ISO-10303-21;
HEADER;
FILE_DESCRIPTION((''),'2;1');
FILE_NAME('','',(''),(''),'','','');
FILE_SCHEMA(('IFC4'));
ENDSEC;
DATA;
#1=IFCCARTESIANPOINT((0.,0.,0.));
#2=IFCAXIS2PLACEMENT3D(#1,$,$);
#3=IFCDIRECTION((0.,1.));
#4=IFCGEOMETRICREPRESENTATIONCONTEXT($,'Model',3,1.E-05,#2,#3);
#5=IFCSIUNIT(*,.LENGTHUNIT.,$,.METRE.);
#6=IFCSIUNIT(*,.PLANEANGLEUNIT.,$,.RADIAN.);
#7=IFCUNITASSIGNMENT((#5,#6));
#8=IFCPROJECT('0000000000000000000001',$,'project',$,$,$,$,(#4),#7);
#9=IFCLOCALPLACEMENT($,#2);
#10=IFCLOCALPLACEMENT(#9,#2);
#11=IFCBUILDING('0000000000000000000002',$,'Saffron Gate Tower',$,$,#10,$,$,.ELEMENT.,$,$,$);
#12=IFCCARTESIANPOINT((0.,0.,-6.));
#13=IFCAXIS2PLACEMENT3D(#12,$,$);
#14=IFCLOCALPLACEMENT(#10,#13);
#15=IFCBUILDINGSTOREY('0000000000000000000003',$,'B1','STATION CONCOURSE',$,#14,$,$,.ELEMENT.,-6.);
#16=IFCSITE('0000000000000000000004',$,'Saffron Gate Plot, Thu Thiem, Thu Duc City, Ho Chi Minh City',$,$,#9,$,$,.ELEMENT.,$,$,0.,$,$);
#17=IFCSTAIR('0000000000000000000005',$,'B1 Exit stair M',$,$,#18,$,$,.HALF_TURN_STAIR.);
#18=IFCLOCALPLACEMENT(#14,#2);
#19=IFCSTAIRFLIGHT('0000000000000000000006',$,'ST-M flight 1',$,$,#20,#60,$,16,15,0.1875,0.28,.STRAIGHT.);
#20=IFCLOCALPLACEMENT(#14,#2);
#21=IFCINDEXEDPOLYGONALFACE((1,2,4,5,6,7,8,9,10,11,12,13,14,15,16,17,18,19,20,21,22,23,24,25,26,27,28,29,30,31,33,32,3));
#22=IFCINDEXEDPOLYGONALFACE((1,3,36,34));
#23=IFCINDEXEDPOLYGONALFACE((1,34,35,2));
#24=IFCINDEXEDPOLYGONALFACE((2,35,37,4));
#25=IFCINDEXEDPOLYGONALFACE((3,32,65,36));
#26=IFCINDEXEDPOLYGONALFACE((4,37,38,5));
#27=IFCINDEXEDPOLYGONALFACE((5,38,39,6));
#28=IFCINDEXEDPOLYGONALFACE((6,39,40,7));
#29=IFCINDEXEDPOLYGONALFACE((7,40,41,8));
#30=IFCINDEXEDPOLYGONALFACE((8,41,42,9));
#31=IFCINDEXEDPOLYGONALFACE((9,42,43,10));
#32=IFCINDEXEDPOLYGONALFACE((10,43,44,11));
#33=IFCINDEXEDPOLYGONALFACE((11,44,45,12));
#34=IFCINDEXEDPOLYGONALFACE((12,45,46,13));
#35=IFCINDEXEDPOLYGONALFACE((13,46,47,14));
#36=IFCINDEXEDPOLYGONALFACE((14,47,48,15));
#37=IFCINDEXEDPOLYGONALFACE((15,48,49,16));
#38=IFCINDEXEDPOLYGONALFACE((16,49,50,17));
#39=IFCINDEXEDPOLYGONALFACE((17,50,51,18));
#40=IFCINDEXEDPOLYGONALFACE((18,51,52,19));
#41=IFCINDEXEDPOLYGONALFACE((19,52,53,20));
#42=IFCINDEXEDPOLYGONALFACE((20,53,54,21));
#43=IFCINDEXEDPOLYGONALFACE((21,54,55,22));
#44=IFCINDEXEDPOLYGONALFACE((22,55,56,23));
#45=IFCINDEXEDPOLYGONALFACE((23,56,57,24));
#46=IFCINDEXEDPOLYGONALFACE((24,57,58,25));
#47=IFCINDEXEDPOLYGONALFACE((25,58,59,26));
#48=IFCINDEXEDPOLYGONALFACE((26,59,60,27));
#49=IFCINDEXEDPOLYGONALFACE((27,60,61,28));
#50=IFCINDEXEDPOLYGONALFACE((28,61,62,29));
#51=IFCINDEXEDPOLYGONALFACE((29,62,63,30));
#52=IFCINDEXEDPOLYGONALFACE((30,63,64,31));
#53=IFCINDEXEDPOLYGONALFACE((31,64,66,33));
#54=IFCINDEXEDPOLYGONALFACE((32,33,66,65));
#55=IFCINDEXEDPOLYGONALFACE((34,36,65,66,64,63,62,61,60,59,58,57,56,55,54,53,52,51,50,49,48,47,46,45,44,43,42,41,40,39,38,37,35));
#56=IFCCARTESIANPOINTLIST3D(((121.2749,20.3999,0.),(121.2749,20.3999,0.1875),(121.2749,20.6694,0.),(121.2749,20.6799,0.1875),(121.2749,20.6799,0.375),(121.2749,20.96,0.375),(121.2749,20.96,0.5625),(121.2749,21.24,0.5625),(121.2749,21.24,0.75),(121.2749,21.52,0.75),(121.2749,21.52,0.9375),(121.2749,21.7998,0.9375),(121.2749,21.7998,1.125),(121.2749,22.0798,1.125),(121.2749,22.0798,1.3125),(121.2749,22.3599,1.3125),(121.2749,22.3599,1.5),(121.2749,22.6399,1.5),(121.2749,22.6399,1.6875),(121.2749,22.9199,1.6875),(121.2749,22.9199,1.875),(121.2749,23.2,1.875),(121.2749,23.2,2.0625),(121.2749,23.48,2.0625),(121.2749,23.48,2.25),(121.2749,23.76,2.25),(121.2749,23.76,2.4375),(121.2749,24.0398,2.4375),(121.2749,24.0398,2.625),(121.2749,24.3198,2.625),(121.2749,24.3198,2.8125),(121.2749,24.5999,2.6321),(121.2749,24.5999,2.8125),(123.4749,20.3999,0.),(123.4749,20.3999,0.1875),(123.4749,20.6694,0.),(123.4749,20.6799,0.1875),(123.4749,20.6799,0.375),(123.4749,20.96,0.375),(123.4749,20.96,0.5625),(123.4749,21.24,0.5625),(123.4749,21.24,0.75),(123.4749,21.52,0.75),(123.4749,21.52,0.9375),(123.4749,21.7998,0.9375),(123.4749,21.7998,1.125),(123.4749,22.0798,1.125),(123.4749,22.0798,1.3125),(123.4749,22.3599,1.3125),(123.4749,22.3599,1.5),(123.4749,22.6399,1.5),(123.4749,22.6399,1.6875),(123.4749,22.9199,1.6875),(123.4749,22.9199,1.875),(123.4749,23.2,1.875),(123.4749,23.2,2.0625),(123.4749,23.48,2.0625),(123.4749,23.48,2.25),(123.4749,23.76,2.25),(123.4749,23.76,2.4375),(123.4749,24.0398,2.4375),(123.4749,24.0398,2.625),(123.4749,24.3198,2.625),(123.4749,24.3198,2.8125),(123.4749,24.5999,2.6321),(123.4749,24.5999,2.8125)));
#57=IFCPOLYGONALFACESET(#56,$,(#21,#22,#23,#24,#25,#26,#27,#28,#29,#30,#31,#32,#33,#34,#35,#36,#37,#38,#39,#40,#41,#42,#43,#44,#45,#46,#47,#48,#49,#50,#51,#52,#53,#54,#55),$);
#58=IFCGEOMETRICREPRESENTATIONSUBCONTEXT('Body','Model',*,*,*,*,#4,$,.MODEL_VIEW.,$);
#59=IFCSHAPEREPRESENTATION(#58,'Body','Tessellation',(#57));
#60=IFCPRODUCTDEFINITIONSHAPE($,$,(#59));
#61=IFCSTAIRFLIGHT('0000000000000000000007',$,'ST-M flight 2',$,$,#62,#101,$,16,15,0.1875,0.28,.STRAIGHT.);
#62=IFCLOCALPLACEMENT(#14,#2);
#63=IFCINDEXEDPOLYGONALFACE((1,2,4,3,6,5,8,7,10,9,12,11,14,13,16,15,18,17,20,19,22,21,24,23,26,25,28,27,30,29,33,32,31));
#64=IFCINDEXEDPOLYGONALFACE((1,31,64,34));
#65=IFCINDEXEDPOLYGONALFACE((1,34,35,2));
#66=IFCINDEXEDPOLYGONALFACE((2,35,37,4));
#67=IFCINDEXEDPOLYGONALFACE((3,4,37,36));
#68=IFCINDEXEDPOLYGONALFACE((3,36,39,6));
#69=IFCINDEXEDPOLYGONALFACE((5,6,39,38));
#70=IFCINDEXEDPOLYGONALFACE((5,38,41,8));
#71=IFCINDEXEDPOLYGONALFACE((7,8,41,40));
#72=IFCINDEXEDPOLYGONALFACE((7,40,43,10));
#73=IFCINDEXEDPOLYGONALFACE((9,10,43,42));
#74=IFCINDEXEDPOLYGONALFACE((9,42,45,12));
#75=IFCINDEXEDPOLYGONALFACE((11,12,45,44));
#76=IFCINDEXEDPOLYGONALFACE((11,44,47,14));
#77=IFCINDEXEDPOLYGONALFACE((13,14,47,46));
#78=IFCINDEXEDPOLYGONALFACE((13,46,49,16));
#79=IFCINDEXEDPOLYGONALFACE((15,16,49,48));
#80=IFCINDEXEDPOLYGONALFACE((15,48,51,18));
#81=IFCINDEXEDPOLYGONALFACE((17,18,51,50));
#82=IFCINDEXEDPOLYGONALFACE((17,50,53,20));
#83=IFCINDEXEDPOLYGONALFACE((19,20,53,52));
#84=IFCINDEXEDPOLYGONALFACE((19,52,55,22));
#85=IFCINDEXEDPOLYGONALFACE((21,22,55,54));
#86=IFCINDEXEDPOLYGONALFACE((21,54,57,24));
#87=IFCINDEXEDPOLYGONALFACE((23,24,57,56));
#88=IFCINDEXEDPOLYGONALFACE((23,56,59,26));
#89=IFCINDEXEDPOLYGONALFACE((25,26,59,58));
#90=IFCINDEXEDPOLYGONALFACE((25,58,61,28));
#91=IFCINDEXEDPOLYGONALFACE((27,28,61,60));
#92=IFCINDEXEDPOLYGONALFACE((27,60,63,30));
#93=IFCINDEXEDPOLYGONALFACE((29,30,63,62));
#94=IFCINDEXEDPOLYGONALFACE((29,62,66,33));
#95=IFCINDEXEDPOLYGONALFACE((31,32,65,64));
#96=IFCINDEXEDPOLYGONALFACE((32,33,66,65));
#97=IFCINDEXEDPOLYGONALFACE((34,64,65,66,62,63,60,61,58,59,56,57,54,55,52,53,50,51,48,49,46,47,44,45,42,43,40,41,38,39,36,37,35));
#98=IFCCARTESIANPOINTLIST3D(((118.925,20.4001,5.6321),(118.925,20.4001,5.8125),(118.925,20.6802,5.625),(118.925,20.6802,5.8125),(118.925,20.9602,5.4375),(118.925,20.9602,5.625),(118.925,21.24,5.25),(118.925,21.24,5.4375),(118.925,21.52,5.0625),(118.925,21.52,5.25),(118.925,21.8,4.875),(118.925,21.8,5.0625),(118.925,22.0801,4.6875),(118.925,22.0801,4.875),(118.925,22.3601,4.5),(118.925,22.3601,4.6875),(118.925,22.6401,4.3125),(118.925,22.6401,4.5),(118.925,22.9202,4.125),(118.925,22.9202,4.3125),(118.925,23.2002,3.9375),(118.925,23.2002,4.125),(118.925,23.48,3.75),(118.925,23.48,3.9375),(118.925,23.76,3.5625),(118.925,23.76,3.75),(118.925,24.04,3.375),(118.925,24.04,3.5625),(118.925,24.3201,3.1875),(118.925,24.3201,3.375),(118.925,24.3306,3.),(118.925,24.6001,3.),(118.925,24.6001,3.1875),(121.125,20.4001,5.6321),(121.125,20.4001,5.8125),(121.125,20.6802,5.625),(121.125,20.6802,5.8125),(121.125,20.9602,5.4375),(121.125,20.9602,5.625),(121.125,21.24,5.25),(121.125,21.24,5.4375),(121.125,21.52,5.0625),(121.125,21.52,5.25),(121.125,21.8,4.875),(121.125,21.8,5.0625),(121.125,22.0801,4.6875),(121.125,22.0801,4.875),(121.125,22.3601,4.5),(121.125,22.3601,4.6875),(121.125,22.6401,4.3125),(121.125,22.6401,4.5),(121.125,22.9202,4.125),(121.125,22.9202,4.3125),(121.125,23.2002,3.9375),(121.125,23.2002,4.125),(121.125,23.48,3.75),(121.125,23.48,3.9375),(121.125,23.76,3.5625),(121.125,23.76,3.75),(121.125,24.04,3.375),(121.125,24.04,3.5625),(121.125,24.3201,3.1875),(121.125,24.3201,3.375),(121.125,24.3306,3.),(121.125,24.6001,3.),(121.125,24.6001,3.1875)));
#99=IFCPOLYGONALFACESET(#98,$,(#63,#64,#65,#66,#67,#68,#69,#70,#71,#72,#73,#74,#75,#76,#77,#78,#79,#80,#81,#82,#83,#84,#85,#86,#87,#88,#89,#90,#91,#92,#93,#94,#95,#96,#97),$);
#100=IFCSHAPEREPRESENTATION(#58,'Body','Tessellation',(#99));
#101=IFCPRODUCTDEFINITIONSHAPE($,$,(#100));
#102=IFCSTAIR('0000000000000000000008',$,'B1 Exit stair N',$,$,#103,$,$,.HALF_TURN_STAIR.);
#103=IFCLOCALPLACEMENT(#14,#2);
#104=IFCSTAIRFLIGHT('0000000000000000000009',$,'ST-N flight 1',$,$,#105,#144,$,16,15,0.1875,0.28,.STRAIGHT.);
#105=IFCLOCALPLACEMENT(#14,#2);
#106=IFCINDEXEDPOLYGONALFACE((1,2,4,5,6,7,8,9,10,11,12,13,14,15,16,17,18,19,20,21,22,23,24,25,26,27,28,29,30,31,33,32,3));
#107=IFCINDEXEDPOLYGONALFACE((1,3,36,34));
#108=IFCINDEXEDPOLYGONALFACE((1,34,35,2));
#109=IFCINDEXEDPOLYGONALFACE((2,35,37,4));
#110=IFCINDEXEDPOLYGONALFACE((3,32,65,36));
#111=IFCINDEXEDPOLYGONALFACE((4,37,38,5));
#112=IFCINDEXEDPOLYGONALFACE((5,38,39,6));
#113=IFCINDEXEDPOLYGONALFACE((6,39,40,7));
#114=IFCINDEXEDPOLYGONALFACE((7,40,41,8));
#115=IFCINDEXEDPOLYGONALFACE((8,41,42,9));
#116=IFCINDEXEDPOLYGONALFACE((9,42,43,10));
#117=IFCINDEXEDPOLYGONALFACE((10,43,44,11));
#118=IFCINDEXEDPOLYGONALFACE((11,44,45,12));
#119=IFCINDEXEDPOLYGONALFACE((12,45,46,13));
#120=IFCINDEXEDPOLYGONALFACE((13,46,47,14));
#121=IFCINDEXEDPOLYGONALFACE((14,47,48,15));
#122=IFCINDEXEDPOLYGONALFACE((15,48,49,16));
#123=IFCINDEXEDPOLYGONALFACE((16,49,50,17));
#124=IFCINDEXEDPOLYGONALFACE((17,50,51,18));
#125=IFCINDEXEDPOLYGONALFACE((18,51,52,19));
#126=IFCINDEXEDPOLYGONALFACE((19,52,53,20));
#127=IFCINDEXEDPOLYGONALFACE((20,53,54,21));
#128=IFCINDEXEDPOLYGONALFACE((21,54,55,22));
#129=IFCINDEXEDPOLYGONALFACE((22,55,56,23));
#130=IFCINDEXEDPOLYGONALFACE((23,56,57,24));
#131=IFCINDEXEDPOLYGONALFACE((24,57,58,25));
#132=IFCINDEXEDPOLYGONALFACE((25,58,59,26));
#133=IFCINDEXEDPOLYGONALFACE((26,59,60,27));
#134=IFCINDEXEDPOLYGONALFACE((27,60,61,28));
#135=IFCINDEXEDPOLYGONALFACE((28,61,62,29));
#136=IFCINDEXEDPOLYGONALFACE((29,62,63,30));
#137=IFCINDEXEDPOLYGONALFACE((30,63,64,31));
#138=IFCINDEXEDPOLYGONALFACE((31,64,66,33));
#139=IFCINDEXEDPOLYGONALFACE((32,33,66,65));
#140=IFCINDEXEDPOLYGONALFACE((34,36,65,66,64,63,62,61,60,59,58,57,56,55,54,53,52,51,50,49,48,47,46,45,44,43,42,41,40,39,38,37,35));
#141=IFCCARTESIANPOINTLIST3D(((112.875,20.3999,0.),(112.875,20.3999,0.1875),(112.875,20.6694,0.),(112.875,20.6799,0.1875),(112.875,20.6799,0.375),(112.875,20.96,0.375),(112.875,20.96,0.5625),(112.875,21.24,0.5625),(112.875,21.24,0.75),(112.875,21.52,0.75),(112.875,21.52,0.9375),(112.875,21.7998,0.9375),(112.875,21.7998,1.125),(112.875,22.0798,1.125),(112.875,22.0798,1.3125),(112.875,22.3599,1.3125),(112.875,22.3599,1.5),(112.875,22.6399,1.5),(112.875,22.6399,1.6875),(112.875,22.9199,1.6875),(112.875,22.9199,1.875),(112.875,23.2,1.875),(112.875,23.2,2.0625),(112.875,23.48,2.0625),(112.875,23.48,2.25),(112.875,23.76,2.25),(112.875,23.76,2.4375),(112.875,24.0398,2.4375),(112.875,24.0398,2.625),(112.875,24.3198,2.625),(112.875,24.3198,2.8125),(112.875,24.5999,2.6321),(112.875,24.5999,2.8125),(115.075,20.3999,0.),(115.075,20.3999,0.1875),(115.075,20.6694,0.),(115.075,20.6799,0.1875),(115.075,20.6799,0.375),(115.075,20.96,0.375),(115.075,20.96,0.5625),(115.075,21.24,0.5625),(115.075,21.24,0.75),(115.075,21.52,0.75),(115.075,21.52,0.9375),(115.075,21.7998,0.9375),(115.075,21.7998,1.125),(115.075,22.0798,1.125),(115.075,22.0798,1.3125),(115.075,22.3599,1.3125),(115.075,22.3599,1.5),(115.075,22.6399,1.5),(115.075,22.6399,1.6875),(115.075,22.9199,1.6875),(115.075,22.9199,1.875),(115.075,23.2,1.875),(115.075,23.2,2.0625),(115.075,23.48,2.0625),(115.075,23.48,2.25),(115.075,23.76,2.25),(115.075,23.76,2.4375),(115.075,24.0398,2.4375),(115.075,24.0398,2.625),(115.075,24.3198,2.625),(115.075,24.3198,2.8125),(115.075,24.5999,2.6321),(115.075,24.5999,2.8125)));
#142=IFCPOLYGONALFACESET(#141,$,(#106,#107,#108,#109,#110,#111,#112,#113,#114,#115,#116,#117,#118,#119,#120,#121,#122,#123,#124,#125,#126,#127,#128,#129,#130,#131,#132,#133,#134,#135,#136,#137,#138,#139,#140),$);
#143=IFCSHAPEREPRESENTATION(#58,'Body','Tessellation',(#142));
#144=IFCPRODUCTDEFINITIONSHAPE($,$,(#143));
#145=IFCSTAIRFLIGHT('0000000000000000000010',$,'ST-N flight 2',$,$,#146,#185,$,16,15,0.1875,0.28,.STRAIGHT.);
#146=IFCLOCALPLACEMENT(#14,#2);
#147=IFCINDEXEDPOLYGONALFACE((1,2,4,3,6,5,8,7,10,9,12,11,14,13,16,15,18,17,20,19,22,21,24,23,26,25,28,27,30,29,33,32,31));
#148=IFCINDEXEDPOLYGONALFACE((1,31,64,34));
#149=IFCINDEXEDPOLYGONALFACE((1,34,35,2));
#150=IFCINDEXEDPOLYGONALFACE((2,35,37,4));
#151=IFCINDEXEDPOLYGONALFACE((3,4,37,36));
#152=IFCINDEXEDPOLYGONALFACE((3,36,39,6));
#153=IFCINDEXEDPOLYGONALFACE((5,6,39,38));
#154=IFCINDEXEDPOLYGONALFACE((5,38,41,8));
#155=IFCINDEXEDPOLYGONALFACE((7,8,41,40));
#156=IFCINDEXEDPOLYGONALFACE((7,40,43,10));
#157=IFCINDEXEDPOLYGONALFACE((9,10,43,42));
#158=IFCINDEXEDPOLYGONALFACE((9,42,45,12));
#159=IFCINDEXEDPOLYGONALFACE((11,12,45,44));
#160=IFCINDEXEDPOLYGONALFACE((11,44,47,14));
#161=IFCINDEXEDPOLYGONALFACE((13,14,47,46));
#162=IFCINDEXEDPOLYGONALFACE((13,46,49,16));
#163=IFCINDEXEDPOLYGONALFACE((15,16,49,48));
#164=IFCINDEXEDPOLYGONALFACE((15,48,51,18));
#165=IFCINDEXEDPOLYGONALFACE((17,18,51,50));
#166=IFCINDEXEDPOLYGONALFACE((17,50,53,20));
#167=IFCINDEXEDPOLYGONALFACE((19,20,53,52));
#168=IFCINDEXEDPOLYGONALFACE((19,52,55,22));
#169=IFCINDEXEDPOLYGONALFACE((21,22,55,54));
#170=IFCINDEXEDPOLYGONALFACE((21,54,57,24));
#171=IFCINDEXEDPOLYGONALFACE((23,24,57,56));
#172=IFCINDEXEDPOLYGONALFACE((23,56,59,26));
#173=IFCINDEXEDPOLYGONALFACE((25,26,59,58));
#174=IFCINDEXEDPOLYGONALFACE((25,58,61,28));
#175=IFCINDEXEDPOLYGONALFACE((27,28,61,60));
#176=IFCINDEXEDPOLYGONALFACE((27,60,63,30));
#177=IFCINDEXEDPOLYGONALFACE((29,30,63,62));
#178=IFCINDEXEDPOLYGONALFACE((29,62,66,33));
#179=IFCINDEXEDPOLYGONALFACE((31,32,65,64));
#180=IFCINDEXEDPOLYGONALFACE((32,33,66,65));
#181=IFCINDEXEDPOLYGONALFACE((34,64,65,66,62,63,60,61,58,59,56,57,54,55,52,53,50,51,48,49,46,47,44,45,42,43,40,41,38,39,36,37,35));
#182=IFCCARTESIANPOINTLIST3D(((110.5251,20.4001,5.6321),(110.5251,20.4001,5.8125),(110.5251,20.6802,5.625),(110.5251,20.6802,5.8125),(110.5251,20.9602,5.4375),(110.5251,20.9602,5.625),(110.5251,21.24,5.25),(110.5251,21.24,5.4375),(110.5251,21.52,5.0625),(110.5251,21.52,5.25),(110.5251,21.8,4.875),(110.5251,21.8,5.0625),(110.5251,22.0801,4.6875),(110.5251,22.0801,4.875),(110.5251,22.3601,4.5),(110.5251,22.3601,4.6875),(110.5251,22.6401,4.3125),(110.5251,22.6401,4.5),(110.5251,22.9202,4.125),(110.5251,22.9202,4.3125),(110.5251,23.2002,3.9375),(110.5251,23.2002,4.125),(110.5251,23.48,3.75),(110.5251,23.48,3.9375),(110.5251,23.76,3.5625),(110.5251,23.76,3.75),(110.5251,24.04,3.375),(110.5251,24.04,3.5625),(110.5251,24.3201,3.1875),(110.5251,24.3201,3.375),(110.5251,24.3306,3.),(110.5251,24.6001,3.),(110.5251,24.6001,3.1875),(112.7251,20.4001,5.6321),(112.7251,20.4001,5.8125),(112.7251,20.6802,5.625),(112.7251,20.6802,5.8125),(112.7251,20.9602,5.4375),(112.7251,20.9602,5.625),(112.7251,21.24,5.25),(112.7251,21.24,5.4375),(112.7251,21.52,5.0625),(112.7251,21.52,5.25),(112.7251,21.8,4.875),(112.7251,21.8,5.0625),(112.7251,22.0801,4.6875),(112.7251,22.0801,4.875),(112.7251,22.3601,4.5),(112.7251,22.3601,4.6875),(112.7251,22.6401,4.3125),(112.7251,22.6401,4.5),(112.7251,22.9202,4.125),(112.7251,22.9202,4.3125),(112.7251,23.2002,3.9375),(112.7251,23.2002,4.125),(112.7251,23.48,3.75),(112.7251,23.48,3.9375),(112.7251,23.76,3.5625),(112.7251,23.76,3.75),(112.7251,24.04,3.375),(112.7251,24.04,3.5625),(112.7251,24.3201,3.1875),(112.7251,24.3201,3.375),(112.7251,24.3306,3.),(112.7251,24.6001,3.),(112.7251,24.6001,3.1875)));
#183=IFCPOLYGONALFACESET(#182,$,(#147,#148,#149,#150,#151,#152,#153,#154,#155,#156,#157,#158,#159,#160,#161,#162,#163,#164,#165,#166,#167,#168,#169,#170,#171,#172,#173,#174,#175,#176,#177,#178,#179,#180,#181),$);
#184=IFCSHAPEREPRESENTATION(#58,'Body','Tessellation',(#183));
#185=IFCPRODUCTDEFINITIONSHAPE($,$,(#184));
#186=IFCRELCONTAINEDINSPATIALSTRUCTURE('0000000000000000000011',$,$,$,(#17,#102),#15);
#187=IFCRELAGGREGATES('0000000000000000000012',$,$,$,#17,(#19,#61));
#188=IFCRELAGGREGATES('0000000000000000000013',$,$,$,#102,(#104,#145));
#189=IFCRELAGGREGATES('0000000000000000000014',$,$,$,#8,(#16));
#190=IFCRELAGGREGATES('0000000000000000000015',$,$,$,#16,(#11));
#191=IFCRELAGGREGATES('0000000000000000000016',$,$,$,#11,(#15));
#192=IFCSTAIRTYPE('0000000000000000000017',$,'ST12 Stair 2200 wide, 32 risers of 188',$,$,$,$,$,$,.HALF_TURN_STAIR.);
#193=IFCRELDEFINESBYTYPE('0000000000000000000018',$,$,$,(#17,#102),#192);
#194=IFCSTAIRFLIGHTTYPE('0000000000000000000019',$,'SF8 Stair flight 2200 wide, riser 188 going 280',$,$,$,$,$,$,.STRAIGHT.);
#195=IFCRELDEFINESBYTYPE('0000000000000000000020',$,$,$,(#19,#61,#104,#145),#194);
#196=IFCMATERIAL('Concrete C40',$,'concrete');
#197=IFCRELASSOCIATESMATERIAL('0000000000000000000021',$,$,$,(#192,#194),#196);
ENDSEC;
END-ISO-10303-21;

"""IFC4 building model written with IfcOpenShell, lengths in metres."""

from ifc_helpers import new_model, si_unit, direction, frame, origin, place, context, subcontext, project, spatial, polyline, outline, extrude, material, type_object, element, aggregate, save


model = new_model("IFC4")

# Units and contexts
model_context = context("Model", 3, precision=1e-05, world=origin(), true_north=direction((0.0, 1.0)))
body_context = subcontext(model_context, "Body", "Model", "MODEL_VIEW")
ifc_project = project(units=[si_unit("LENGTHUNIT", "METRE"), si_unit("PLANEANGLEUNIT", "RADIAN")], contexts=[model_context])

# Site, building, storey
site_placement = place(None, origin())
site = spatial("IfcSite", under=ifc_project, at=site_placement, Name="Saffron Gate Plot, Thu Thiem, Thu Duc City, Ho Chi Minh City", CompositionType="ELEMENT", RefElevation=0.0)
building_placement = place(site_placement, origin())
building = spatial("IfcBuilding", under=site, at=building_placement, Name="Saffron Gate Tower", CompositionType="ELEMENT")
storey_placement = place(building_placement, frame((0.0, 0.0, -6.0)))
storey = spatial("IfcBuildingStorey", under=building, at=storey_placement, Name="B1", Description="STATION CONCOURSE", CompositionType="ELEMENT", Elevation=-6.0)

# Shared definitions
ifc_material_1 = material(Name="Concrete C40", Category="concrete")

# Stairs, stair flights
stair_type_1 = type_object("IfcStairType", Name="ST12 Stair 2200 wide, 32 risers of 188", PredefinedType="HALF_TURN_STAIR", material=ifc_material_1)
stair_1_placement = place(storey_placement, origin())
stair_1 = element("IfcStair", 1, at=stair_1_placement, inside=storey, type_object=stair_type_1, Name="B1 Exit stair M", PredefinedType="HALF_TURN_STAIR")
stair_flight_type_1 = type_object("IfcStairFlightType", Name="SF8 Stair flight 2200 wide, riser 188 going 280", PredefinedType="STRAIGHT", material=ifc_material_1)
stair_flight_1_placement = place(storey_placement, frame((122.375, 20.3999, 0.0), z_axis=(0.0, 0.0, 1.0), x_axis=(0.0, 1.0, 0.0)))
stair_flight_1 = element("IfcStairFlight", 2, at=stair_flight_1_placement, type_object=stair_flight_type_1, Name="ST-M flight 1", NumberOfRisers=16, NumberOfTreads=15, PredefinedType="STRAIGHT", RiserHeight=0.1875, TreadLength=0.28, context=body_context, shape_type="SweptSolid", body=[
    extrude(outline(polyline([(0.0, 0.0), (0.0, 0.1875), (0.28, 0.1875), (0.28, 0.375), (0.5601, 0.375), (0.5601, 0.5625), (0.8401, 0.5625), (0.8401, 0.75), (1.1201, 0.75), (1.1201, 0.9375), (1.3999, 0.9375), (1.3999, 1.125), (1.6799, 1.125), (1.6799, 1.3125), (1.96, 1.3125), (1.96, 1.5), (2.24, 1.5), (2.24, 1.6875), (2.52, 1.6875), (2.52, 1.875), (2.8, 1.875), (2.8, 2.0625), (3.0801, 2.0625), (3.0801, 2.25), (3.3601, 2.25), (3.3601, 2.4375), (3.6399, 2.4375), (3.6399, 2.625), (3.9199, 2.625), (3.9199, 2.8125), (4.2, 2.8125), (4.2, 3.0), (4.2, 2.6321), (0.2695, 0.0), (0.0, 0.0)])), frame((0.0, 1.1001, 0.0), z_axis=(0.0, -1.0, 0.0), x_axis=(1.0, 0.0, 0.0)), (0.0, 0.0, 1.0), 2.2),
])
stair_flight_2_placement = place(storey_placement, frame((120.0249, 24.6001, 3.0), z_axis=(0.0, 0.0, 1.0), x_axis=(0.0, -1.0, 0.0)))
stair_flight_2 = element("IfcStairFlight", 3, at=stair_flight_2_placement, type_object=stair_flight_type_1, Name="ST-M flight 2", NumberOfRisers=16, NumberOfTreads=15, PredefinedType="STRAIGHT", RiserHeight=0.1875, TreadLength=0.28, context=body_context, shape_type="SweptSolid", body=[
    extrude(outline(polyline([(0.0, 0.0), (0.0, 0.1875), (0.28, 0.1875), (0.28, 0.375), (0.5601, 0.375), (0.5601, 0.5625), (0.8401, 0.5625), (0.8401, 0.75), (1.1201, 0.75), (1.1201, 0.9375), (1.3999, 0.9375), (1.3999, 1.125), (1.6799, 1.125), (1.6799, 1.3125), (1.96, 1.3125), (1.96, 1.5), (2.24, 1.5), (2.24, 1.6875), (2.52, 1.6875), (2.52, 1.875), (2.8, 1.875), (2.8, 2.0625), (3.0801, 2.0625), (3.0801, 2.25), (3.3601, 2.25), (3.3601, 2.4375), (3.6399, 2.4375), (3.6399, 2.625), (3.9199, 2.625), (3.9199, 2.8125), (4.2, 2.8125), (4.2, 3.0), (4.2, 2.6321), (0.2695, 0.0), (0.0, 0.0)])), frame((0.0, 1.1001, 0.0), z_axis=(0.0, -1.0, 0.0), x_axis=(1.0, 0.0, 0.0)), (0.0, 0.0, 1.0), 2.2),
])
aggregate(stair_1, [stair_flight_1, stair_flight_2])
stair_2_placement = place(storey_placement, origin())
stair_2 = element("IfcStair", 4, at=stair_2_placement, inside=storey, type_object=stair_type_1, Name="B1 Exit stair N", PredefinedType="HALF_TURN_STAIR")
stair_flight_3_placement = place(storey_placement, frame((113.9751, 20.3999, 0.0), z_axis=(0.0, 0.0, 1.0), x_axis=(0.0, 1.0, 0.0)))
stair_flight_3 = element("IfcStairFlight", 5, at=stair_flight_3_placement, type_object=stair_flight_type_1, Name="ST-N flight 1", NumberOfRisers=16, NumberOfTreads=15, PredefinedType="STRAIGHT", RiserHeight=0.1875, TreadLength=0.28, context=body_context, shape_type="SweptSolid", body=[
    extrude(outline(polyline([(0.0, 0.0), (0.0, 0.1875), (0.28, 0.1875), (0.28, 0.375), (0.5601, 0.375), (0.5601, 0.5625), (0.8401, 0.5625), (0.8401, 0.75), (1.1201, 0.75), (1.1201, 0.9375), (1.3999, 0.9375), (1.3999, 1.125), (1.6799, 1.125), (1.6799, 1.3125), (1.96, 1.3125), (1.96, 1.5), (2.24, 1.5), (2.24, 1.6875), (2.52, 1.6875), (2.52, 1.875), (2.8, 1.875), (2.8, 2.0625), (3.0801, 2.0625), (3.0801, 2.25), (3.3601, 2.25), (3.3601, 2.4375), (3.6399, 2.4375), (3.6399, 2.625), (3.9199, 2.625), (3.9199, 2.8125), (4.2, 2.8125), (4.2, 3.0), (4.2, 2.6321), (0.2695, 0.0), (0.0, 0.0)])), frame((0.0, 1.1001, 0.0), z_axis=(0.0, -1.0, 0.0), x_axis=(1.0, 0.0, 0.0)), (0.0, 0.0, 1.0), 2.2),
])
stair_flight_4_placement = place(storey_placement, frame((111.625, 24.6001, 3.0), z_axis=(0.0, 0.0, 1.0), x_axis=(0.0, -1.0, 0.0)))
stair_flight_4 = element("IfcStairFlight", 6, at=stair_flight_4_placement, type_object=stair_flight_type_1, Name="ST-N flight 2", NumberOfRisers=16, NumberOfTreads=15, PredefinedType="STRAIGHT", RiserHeight=0.1875, TreadLength=0.28, context=body_context, shape_type="SweptSolid", body=[
    extrude(outline(polyline([(0.0, 0.0), (0.0, 0.1875), (0.28, 0.1875), (0.28, 0.375), (0.5601, 0.375), (0.5601, 0.5625), (0.8401, 0.5625), (0.8401, 0.75), (1.1201, 0.75), (1.1201, 0.9375), (1.3999, 0.9375), (1.3999, 1.125), (1.6799, 1.125), (1.6799, 1.3125), (1.96, 1.3125), (1.96, 1.5), (2.24, 1.5), (2.24, 1.6875), (2.52, 1.6875), (2.52, 1.875), (2.8, 1.875), (2.8, 2.0625), (3.0801, 2.0625), (3.0801, 2.25), (3.3601, 2.25), (3.3601, 2.4375), (3.6399, 2.4375), (3.6399, 2.625), (3.9199, 2.625), (3.9199, 2.8125), (4.2, 2.8125), (4.2, 3.0), (4.2, 2.6321), (0.2695, 0.0), (0.0, 0.0)])), frame((0.0, 1.1001, 0.0), z_axis=(0.0, -1.0, 0.0), x_axis=(1.0, 0.0, 0.0)), (0.0, 0.0, 1.0), 2.2),
])
aggregate(stair_2, [stair_flight_3, stair_flight_4])

save(model, "model.ifc")
